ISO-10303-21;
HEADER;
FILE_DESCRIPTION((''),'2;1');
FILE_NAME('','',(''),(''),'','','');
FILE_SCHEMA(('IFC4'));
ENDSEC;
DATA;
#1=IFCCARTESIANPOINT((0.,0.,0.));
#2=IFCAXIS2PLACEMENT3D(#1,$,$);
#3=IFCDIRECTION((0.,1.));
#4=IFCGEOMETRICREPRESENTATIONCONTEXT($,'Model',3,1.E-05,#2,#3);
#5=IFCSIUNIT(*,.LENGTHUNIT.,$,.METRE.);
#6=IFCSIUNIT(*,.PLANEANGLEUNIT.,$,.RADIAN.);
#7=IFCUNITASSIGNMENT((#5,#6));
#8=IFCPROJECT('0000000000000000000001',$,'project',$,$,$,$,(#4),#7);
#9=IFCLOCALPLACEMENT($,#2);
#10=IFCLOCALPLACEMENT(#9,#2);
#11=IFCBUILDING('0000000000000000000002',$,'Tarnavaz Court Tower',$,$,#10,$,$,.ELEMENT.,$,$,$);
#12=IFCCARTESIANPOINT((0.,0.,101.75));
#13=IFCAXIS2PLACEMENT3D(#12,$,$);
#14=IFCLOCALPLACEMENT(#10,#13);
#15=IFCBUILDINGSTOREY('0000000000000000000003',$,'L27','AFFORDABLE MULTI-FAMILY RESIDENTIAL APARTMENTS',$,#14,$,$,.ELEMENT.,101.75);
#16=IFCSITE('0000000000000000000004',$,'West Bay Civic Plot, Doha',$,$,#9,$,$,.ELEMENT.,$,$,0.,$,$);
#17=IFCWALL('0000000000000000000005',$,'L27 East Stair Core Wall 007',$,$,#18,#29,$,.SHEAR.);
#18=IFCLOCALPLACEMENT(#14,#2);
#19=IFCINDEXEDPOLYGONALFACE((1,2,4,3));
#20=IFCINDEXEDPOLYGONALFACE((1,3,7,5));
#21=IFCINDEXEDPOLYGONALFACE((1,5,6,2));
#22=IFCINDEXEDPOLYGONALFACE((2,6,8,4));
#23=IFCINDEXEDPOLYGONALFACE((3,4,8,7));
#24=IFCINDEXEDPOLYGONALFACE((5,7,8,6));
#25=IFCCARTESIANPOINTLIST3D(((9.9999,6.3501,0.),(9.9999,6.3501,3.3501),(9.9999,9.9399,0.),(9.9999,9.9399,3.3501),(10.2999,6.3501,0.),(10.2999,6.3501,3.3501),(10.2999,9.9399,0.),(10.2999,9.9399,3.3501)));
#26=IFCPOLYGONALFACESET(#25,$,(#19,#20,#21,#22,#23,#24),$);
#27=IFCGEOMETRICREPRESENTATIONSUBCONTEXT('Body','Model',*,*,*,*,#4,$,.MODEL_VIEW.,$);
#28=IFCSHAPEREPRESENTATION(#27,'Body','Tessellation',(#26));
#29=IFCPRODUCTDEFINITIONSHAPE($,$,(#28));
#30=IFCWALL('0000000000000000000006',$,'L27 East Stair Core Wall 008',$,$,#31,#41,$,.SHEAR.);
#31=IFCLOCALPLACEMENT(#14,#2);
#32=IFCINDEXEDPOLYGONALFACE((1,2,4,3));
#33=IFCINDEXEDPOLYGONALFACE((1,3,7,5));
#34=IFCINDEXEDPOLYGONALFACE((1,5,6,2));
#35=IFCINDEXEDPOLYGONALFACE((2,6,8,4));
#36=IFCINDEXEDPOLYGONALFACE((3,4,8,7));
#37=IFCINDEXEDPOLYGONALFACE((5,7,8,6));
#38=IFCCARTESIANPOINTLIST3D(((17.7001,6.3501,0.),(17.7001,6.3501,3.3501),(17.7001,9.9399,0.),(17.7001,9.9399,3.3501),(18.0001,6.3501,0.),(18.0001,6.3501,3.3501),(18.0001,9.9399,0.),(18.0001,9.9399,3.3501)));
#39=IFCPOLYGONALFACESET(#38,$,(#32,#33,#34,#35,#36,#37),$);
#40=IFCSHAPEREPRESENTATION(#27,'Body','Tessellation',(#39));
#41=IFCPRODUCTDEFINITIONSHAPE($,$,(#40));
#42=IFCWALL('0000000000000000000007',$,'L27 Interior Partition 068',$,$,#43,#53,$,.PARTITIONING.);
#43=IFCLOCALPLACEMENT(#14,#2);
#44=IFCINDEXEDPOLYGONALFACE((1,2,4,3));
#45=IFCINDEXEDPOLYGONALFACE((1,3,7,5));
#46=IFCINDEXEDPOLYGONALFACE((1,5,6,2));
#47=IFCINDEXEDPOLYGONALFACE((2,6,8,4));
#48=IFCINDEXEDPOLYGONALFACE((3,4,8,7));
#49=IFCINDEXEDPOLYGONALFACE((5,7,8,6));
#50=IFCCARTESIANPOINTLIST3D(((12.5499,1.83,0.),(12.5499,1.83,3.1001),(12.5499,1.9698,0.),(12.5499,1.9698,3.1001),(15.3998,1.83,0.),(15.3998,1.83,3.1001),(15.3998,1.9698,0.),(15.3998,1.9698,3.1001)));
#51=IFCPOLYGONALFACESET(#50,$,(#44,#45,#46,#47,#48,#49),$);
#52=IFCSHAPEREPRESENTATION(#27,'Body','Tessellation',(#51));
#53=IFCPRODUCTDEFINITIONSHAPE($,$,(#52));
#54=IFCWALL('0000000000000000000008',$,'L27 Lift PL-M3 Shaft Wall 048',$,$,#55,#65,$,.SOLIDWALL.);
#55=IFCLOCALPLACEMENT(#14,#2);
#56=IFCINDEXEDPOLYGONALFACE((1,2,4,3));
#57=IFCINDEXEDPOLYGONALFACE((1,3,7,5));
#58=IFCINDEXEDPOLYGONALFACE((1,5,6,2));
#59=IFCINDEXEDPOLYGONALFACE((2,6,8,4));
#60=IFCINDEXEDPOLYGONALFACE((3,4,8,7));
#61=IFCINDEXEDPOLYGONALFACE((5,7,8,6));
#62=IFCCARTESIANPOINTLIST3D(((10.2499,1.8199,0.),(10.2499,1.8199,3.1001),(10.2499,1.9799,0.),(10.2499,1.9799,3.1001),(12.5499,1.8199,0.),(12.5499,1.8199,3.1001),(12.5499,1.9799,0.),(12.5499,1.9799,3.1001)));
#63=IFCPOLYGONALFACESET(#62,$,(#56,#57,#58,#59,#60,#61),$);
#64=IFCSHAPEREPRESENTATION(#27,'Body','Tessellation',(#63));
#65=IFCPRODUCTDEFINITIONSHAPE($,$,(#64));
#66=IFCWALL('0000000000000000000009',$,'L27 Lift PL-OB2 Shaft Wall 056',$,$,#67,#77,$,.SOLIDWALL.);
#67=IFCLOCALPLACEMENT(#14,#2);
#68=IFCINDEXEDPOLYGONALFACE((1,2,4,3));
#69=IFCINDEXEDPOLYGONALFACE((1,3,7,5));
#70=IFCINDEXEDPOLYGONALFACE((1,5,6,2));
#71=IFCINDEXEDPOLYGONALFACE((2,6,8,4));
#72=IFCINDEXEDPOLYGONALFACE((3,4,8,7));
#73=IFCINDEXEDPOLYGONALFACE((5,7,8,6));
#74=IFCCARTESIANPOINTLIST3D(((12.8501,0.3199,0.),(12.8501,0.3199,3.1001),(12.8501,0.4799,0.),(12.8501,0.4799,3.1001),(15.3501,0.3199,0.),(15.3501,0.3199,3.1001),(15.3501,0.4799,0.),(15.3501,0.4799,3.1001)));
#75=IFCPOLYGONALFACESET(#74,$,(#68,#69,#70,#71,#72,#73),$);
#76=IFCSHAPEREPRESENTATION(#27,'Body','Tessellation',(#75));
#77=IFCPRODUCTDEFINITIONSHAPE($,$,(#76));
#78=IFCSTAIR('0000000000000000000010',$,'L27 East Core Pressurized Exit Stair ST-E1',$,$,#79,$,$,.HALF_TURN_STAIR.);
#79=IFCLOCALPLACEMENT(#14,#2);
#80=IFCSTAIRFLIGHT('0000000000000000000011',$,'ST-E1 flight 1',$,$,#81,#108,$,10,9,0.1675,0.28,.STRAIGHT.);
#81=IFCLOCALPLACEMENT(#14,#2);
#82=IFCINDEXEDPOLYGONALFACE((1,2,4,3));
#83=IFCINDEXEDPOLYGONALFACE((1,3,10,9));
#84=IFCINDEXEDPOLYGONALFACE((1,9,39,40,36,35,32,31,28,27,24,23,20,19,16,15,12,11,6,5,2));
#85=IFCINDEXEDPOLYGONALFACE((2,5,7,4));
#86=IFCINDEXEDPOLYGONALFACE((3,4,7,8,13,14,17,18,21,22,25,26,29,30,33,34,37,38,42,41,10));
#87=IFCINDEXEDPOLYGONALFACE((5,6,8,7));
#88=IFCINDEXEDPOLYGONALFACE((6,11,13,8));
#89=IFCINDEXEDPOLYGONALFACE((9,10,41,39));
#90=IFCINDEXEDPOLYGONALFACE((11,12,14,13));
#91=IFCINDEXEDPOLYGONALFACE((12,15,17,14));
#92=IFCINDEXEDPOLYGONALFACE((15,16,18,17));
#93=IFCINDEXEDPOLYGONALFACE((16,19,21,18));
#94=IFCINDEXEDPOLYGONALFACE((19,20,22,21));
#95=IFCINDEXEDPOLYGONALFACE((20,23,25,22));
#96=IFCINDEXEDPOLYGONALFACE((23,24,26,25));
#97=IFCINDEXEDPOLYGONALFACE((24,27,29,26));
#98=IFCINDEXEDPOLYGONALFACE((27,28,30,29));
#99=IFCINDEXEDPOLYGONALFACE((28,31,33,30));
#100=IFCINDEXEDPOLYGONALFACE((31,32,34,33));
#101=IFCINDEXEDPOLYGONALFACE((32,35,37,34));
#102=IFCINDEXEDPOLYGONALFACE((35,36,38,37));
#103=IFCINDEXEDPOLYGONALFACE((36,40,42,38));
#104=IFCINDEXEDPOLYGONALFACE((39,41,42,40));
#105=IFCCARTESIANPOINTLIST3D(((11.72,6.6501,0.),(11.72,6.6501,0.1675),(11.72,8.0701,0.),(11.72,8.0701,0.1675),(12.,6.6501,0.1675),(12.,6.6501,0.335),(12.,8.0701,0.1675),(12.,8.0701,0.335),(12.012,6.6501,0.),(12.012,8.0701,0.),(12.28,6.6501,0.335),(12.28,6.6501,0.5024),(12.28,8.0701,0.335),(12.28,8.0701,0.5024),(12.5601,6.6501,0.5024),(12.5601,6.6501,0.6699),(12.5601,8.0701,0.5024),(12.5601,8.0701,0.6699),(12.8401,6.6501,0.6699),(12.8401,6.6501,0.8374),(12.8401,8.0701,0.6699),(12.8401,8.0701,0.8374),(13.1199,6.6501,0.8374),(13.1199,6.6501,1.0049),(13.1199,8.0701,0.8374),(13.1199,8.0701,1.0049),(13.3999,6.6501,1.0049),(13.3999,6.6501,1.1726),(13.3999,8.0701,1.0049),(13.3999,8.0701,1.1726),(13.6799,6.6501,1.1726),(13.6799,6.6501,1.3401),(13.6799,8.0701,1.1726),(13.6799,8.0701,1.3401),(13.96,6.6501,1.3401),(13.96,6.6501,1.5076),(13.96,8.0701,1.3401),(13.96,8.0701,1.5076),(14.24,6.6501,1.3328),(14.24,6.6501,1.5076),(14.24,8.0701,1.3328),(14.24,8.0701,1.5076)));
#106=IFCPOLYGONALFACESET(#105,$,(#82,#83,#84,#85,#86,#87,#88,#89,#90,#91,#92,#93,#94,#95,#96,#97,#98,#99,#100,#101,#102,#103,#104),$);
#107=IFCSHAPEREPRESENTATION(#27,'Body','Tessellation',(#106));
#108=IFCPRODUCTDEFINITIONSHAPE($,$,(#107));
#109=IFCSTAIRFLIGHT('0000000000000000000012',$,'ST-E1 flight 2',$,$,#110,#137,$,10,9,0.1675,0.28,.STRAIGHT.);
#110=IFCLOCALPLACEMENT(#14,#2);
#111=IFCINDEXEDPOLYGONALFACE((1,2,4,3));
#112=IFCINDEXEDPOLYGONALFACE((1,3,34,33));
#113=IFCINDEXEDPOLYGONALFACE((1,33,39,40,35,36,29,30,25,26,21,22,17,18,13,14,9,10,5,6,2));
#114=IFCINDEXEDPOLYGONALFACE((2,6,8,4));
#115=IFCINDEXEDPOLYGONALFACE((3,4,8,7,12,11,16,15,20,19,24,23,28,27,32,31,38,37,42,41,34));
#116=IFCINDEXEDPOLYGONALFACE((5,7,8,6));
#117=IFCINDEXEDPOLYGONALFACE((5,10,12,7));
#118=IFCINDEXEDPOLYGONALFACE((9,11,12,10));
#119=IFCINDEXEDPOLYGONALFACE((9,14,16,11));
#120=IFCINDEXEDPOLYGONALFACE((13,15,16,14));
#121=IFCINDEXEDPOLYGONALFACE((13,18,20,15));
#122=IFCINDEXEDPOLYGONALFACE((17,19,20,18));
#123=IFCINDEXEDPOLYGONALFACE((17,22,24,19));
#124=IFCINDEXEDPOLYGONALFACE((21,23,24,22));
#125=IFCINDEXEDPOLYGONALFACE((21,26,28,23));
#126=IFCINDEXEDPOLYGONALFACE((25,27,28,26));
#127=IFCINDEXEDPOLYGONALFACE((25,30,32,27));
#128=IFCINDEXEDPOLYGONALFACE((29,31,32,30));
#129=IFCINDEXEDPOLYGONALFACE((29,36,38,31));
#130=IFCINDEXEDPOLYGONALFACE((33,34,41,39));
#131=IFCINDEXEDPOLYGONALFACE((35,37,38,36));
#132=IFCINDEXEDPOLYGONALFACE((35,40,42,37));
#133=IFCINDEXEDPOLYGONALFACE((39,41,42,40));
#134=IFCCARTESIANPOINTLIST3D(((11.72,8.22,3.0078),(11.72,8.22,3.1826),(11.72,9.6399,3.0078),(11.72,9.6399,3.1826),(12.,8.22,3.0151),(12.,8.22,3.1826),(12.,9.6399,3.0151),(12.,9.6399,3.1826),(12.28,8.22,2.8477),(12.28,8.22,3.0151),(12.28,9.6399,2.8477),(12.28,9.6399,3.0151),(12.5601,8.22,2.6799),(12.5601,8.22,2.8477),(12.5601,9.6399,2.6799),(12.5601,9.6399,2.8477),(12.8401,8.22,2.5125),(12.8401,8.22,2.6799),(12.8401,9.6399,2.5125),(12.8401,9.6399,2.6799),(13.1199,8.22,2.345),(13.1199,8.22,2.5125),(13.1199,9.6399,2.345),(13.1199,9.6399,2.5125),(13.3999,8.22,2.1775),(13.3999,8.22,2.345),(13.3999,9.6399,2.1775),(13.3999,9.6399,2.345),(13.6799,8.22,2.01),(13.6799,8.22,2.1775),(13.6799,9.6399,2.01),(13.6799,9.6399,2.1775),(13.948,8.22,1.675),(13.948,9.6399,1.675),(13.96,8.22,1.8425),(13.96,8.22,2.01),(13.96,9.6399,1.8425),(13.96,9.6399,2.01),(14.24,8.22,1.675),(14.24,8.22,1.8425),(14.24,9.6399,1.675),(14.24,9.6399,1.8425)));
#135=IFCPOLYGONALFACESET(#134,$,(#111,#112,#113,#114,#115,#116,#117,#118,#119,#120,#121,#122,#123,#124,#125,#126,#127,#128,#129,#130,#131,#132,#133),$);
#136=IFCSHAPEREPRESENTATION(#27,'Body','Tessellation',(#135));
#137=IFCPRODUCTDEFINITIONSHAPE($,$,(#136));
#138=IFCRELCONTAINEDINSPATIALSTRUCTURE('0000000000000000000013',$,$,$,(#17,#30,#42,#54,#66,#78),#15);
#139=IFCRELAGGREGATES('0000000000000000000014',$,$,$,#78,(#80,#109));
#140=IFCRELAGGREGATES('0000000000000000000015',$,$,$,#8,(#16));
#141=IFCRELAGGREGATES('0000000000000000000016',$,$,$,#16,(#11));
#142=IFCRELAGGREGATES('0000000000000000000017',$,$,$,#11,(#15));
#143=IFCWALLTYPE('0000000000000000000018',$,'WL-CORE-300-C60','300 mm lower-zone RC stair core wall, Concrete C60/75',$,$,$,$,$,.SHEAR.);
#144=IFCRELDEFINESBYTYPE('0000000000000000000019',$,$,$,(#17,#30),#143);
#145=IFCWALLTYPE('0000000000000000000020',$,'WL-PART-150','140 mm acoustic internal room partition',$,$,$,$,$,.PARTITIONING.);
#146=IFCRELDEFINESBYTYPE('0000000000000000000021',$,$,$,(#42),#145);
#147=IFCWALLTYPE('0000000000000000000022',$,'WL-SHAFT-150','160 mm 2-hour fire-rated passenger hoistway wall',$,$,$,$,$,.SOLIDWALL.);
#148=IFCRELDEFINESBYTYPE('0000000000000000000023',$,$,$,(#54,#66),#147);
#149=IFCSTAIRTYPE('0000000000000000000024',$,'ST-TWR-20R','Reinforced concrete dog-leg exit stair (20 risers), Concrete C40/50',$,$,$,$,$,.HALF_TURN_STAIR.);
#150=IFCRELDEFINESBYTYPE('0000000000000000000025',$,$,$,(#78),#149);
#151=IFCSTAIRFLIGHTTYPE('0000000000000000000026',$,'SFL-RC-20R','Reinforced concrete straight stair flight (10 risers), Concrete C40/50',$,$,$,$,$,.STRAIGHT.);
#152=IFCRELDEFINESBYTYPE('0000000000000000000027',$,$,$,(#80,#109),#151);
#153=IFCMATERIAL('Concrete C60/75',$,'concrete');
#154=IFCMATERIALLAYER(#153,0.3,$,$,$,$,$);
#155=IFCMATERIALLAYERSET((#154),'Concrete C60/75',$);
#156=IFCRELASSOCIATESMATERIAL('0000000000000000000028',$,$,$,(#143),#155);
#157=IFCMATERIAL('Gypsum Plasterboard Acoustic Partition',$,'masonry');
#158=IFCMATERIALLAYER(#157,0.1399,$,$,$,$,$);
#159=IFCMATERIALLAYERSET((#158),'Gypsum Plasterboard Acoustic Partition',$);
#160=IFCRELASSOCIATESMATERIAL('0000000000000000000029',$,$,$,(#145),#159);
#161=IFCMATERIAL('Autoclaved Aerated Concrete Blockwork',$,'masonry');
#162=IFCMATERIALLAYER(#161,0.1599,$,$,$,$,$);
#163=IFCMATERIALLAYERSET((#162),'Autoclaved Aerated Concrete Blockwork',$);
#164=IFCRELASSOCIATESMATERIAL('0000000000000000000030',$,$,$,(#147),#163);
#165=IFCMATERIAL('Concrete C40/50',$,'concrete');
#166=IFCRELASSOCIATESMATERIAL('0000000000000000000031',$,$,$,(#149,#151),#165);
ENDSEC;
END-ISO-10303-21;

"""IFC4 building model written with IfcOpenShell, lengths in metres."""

from ifc_helpers import new_model, si_unit, direction, frame, frame_2d, origin, place, context, subcontext, project, spatial, polyline, rectangle, outline, extrude, material, layer, layer_set, type_object, element, aggregate, save


model = new_model("IFC4")

# Units and contexts
model_context = context("Model", 3, precision=1e-05, world=origin(), true_north=direction((0.0, 1.0)))
body_context = subcontext(model_context, "Body", "Model", "MODEL_VIEW")
ifc_project = project(units=[si_unit("LENGTHUNIT", "METRE"), si_unit("PLANEANGLEUNIT", "RADIAN")], contexts=[model_context])

# Site, building, storey
site_placement = place(None, origin())
site = spatial("IfcSite", under=ifc_project, at=site_placement, Name="West Bay Civic Plot, Doha", CompositionType="ELEMENT", RefElevation=0.0)
building_placement = place(site_placement, origin())
building = spatial("IfcBuilding", under=site, at=building_placement, Name="Tarnavaz Court Tower", CompositionType="ELEMENT")
storey_placement = place(building_placement, frame((0.0, 0.0, 101.75)))
storey = spatial("IfcBuildingStorey", under=building, at=storey_placement, Name="L27", Description="AFFORDABLE MULTI-FAMILY RESIDENTIAL APARTMENTS", CompositionType="ELEMENT", Elevation=101.75)

# Shared definitions
ifc_material_1 = material(Name="Concrete C60/75", Category="concrete")

# Walls
ifc_layer_1 = layer(ifc_material_1, 0.3)
ifc_layer_set_1 = layer_set([ifc_layer_1], Name="Concrete C60/75")
wall_type_1 = type_object("IfcWallType", Name="WL-CORE-300-C60", Description="300 mm lower-zone RC stair core wall, Concrete C60/75", PredefinedType="SHEAR", material=ifc_layer_set_1)
for number, where, z_axis, x_axis, name in (
    (1, (10.1499, 6.3501, 0.0), (0.0, 0.0, 1.0), (0.0, 1.0, 0.0), "L27 East Stair Core Wall 007"),
    (2, (17.8501, 6.3501, 0.0), (0.0, 0.0, 1.0), (0.0, 1.0, 0.0), "L27 East Stair Core Wall 008"),
):
    element("IfcWall", number, at=place(storey_placement, frame(where, z_axis=z_axis, x_axis=x_axis)), inside=storey, type_object=wall_type_1, Name=name, PredefinedType="SHEAR", context=body_context, shape_type="SweptSolid", body=[
        extrude(rectangle(XDim=3.5898, YDim=0.3, at=frame_2d((1.7949, 0.0))), origin(), (0.0, 0.0, 1.0), 3.3501),
    ])
ifc_material_2 = material(Name="Gypsum Plasterboard Acoustic Partition", Category="masonry")
ifc_layer_2 = layer(ifc_material_2, 0.1399)
ifc_layer_set_2 = layer_set([ifc_layer_2], Name="Gypsum Plasterboard Acoustic Partition")
wall_type_2 = type_object("IfcWallType", Name="WL-PART-150", Description="140 mm acoustic internal room partition", PredefinedType="PARTITIONING", material=ifc_layer_set_2)
wall_1_placement = place(storey_placement, frame((12.55, 1.8999, 0.0), z_axis=(0.0, 0.0, 1.0), x_axis=(1.0, 0.0, 0.0)))
element("IfcWall", 3, at=wall_1_placement, inside=storey, type_object=wall_type_2, Name="L27 Interior Partition 068", PredefinedType="PARTITIONING", context=body_context, shape_type="SweptSolid", body=[
    extrude(rectangle(XDim=2.8499, YDim=0.1399, at=frame_2d((1.4248, 0.0))), origin(), (0.0, 0.0, 1.0), 3.1001),
])
ifc_material_3 = material(Name="Autoclaved Aerated Concrete Blockwork", Category="masonry")
ifc_layer_3 = layer(ifc_material_3, 0.1599)
ifc_layer_set_3 = layer_set([ifc_layer_3], Name="Autoclaved Aerated Concrete Blockwork")
wall_type_3 = type_object("IfcWallType", Name="WL-SHAFT-150", Description="160 mm 2-hour fire-rated passenger hoistway wall", PredefinedType="SOLIDWALL", material=ifc_layer_set_3)
wall_2_placement = place(storey_placement, frame((10.25, 1.8999, 0.0), z_axis=(0.0, 0.0, 1.0), x_axis=(1.0, 0.0, 0.0)))
element("IfcWall", 4, at=wall_2_placement, inside=storey, type_object=wall_type_3, Name="L27 Lift PL-M3 Shaft Wall 048", PredefinedType="SOLIDWALL", context=body_context, shape_type="SweptSolid", body=[
    extrude(rectangle(XDim=2.3, YDim=0.1599, at=frame_2d((1.1499, 0.0))), origin(), (0.0, 0.0, 1.0), 3.1001),
])
wall_3_placement = place(storey_placement, frame((12.8501, 0.3999, 0.0), z_axis=(0.0, 0.0, 1.0), x_axis=(1.0, 0.0, 0.0)))
element("IfcWall", 5, at=wall_3_placement, inside=storey, type_object=wall_type_3, Name="L27 Lift PL-OB2 Shaft Wall 056", PredefinedType="SOLIDWALL", context=body_context, shape_type="SweptSolid", body=[
    extrude(rectangle(XDim=2.5, YDim=0.1599, at=frame_2d((1.25, 0.0))), origin(), (0.0, 0.0, 1.0), 3.1001),
])

# Stair, stair flights
ifc_material_4 = material(Name="Concrete C40/50", Category="concrete")
stair_type = type_object("IfcStairType", Name="ST-TWR-20R", Description="Reinforced concrete dog-leg exit stair (20 risers), Concrete C40/50", PredefinedType="HALF_TURN_STAIR", material=ifc_material_4)
stair_placement = place(storey_placement, origin())
stair = element("IfcStair", 6, at=stair_placement, inside=storey, type_object=stair_type, Name="L27 East Core Pressurized Exit Stair ST-E1", PredefinedType="HALF_TURN_STAIR")
stair_flight_type = type_object("IfcStairFlightType", Name="SFL-RC-20R", Description="Reinforced concrete straight stair flight (10 risers), Concrete C40/50", PredefinedType="STRAIGHT", material=ifc_material_4)
stair_flight_1_placement = place(storey_placement, frame((11.72, 7.3601, 0.0), z_axis=(0.0, 0.0, 1.0), x_axis=(1.0, 0.0, 0.0)))
stair_flight_1 = element("IfcStairFlight", 7, at=stair_flight_1_placement, type_object=stair_flight_type, Name="ST-E1 flight 1", NumberOfRisers=10, NumberOfTreads=9, PredefinedType="STRAIGHT", RiserHeight=0.1675, TreadLength=0.28, context=body_context, shape_type="SweptSolid", body=[
    extrude(outline(polyline([(0.0, 0.0), (0.0, 0.1675), (0.28, 0.1675), (0.28, 0.335), (0.5601, 0.335), (0.5601, 0.5024), (0.8401, 0.5024), (0.8401, 0.6699), (1.1201, 0.6699), (1.1201, 0.8374), (1.3999, 0.8374), (1.3999, 1.0049), (1.6799, 1.0049), (1.6799, 1.1726), (1.96, 1.1726), (1.96, 1.3401), (2.24, 1.3401), (2.24, 1.5076), (2.52, 1.5076), (2.52, 1.675), (2.52, 1.3328), (0.292, 0.0), (0.0, 0.0)])), frame((0.0, 0.71, 0.0), z_axis=(0.0, -1.0, 0.0), x_axis=(1.0, 0.0, 0.0)), (0.0, 0.0, 1.0), 1.4199),
])
stair_flight_2_placement = place(storey_placement, frame((14.24, 8.9299, 1.675), z_axis=(0.0, 0.0, 1.0), x_axis=(-1.0, 0.0, 0.0)))
stair_flight_2 = element("IfcStairFlight", 8, at=stair_flight_2_placement, type_object=stair_flight_type, Name="ST-E1 flight 2", NumberOfRisers=10, NumberOfTreads=9, PredefinedType="STRAIGHT", RiserHeight=0.1675, TreadLength=0.28, context=body_context, shape_type="SweptSolid", body=[
    extrude(outline(polyline([(0.0, 0.0), (0.0, 0.1675), (0.28, 0.1675), (0.28, 0.335), (0.5601, 0.335), (0.5601, 0.5024), (0.8401, 0.5024), (0.8401, 0.6699), (1.1201, 0.6699), (1.1201, 0.8374), (1.3999, 0.8374), (1.3999, 1.0049), (1.6799, 1.0049), (1.6799, 1.1726), (1.96, 1.1726), (1.96, 1.3401), (2.24, 1.3401), (2.24, 1.5076), (2.52, 1.5076), (2.52, 1.675), (2.52, 1.3328), (0.292, 0.0), (0.0, 0.0)])), frame((0.0, 0.71, 0.0), z_axis=(0.0, -1.0, 0.0), x_axis=(1.0, 0.0, 0.0)), (0.0, 0.0, 1.0), 1.4199),
])
aggregate(stair, [stair_flight_1, stair_flight_2])

save(model, "model.ifc")
